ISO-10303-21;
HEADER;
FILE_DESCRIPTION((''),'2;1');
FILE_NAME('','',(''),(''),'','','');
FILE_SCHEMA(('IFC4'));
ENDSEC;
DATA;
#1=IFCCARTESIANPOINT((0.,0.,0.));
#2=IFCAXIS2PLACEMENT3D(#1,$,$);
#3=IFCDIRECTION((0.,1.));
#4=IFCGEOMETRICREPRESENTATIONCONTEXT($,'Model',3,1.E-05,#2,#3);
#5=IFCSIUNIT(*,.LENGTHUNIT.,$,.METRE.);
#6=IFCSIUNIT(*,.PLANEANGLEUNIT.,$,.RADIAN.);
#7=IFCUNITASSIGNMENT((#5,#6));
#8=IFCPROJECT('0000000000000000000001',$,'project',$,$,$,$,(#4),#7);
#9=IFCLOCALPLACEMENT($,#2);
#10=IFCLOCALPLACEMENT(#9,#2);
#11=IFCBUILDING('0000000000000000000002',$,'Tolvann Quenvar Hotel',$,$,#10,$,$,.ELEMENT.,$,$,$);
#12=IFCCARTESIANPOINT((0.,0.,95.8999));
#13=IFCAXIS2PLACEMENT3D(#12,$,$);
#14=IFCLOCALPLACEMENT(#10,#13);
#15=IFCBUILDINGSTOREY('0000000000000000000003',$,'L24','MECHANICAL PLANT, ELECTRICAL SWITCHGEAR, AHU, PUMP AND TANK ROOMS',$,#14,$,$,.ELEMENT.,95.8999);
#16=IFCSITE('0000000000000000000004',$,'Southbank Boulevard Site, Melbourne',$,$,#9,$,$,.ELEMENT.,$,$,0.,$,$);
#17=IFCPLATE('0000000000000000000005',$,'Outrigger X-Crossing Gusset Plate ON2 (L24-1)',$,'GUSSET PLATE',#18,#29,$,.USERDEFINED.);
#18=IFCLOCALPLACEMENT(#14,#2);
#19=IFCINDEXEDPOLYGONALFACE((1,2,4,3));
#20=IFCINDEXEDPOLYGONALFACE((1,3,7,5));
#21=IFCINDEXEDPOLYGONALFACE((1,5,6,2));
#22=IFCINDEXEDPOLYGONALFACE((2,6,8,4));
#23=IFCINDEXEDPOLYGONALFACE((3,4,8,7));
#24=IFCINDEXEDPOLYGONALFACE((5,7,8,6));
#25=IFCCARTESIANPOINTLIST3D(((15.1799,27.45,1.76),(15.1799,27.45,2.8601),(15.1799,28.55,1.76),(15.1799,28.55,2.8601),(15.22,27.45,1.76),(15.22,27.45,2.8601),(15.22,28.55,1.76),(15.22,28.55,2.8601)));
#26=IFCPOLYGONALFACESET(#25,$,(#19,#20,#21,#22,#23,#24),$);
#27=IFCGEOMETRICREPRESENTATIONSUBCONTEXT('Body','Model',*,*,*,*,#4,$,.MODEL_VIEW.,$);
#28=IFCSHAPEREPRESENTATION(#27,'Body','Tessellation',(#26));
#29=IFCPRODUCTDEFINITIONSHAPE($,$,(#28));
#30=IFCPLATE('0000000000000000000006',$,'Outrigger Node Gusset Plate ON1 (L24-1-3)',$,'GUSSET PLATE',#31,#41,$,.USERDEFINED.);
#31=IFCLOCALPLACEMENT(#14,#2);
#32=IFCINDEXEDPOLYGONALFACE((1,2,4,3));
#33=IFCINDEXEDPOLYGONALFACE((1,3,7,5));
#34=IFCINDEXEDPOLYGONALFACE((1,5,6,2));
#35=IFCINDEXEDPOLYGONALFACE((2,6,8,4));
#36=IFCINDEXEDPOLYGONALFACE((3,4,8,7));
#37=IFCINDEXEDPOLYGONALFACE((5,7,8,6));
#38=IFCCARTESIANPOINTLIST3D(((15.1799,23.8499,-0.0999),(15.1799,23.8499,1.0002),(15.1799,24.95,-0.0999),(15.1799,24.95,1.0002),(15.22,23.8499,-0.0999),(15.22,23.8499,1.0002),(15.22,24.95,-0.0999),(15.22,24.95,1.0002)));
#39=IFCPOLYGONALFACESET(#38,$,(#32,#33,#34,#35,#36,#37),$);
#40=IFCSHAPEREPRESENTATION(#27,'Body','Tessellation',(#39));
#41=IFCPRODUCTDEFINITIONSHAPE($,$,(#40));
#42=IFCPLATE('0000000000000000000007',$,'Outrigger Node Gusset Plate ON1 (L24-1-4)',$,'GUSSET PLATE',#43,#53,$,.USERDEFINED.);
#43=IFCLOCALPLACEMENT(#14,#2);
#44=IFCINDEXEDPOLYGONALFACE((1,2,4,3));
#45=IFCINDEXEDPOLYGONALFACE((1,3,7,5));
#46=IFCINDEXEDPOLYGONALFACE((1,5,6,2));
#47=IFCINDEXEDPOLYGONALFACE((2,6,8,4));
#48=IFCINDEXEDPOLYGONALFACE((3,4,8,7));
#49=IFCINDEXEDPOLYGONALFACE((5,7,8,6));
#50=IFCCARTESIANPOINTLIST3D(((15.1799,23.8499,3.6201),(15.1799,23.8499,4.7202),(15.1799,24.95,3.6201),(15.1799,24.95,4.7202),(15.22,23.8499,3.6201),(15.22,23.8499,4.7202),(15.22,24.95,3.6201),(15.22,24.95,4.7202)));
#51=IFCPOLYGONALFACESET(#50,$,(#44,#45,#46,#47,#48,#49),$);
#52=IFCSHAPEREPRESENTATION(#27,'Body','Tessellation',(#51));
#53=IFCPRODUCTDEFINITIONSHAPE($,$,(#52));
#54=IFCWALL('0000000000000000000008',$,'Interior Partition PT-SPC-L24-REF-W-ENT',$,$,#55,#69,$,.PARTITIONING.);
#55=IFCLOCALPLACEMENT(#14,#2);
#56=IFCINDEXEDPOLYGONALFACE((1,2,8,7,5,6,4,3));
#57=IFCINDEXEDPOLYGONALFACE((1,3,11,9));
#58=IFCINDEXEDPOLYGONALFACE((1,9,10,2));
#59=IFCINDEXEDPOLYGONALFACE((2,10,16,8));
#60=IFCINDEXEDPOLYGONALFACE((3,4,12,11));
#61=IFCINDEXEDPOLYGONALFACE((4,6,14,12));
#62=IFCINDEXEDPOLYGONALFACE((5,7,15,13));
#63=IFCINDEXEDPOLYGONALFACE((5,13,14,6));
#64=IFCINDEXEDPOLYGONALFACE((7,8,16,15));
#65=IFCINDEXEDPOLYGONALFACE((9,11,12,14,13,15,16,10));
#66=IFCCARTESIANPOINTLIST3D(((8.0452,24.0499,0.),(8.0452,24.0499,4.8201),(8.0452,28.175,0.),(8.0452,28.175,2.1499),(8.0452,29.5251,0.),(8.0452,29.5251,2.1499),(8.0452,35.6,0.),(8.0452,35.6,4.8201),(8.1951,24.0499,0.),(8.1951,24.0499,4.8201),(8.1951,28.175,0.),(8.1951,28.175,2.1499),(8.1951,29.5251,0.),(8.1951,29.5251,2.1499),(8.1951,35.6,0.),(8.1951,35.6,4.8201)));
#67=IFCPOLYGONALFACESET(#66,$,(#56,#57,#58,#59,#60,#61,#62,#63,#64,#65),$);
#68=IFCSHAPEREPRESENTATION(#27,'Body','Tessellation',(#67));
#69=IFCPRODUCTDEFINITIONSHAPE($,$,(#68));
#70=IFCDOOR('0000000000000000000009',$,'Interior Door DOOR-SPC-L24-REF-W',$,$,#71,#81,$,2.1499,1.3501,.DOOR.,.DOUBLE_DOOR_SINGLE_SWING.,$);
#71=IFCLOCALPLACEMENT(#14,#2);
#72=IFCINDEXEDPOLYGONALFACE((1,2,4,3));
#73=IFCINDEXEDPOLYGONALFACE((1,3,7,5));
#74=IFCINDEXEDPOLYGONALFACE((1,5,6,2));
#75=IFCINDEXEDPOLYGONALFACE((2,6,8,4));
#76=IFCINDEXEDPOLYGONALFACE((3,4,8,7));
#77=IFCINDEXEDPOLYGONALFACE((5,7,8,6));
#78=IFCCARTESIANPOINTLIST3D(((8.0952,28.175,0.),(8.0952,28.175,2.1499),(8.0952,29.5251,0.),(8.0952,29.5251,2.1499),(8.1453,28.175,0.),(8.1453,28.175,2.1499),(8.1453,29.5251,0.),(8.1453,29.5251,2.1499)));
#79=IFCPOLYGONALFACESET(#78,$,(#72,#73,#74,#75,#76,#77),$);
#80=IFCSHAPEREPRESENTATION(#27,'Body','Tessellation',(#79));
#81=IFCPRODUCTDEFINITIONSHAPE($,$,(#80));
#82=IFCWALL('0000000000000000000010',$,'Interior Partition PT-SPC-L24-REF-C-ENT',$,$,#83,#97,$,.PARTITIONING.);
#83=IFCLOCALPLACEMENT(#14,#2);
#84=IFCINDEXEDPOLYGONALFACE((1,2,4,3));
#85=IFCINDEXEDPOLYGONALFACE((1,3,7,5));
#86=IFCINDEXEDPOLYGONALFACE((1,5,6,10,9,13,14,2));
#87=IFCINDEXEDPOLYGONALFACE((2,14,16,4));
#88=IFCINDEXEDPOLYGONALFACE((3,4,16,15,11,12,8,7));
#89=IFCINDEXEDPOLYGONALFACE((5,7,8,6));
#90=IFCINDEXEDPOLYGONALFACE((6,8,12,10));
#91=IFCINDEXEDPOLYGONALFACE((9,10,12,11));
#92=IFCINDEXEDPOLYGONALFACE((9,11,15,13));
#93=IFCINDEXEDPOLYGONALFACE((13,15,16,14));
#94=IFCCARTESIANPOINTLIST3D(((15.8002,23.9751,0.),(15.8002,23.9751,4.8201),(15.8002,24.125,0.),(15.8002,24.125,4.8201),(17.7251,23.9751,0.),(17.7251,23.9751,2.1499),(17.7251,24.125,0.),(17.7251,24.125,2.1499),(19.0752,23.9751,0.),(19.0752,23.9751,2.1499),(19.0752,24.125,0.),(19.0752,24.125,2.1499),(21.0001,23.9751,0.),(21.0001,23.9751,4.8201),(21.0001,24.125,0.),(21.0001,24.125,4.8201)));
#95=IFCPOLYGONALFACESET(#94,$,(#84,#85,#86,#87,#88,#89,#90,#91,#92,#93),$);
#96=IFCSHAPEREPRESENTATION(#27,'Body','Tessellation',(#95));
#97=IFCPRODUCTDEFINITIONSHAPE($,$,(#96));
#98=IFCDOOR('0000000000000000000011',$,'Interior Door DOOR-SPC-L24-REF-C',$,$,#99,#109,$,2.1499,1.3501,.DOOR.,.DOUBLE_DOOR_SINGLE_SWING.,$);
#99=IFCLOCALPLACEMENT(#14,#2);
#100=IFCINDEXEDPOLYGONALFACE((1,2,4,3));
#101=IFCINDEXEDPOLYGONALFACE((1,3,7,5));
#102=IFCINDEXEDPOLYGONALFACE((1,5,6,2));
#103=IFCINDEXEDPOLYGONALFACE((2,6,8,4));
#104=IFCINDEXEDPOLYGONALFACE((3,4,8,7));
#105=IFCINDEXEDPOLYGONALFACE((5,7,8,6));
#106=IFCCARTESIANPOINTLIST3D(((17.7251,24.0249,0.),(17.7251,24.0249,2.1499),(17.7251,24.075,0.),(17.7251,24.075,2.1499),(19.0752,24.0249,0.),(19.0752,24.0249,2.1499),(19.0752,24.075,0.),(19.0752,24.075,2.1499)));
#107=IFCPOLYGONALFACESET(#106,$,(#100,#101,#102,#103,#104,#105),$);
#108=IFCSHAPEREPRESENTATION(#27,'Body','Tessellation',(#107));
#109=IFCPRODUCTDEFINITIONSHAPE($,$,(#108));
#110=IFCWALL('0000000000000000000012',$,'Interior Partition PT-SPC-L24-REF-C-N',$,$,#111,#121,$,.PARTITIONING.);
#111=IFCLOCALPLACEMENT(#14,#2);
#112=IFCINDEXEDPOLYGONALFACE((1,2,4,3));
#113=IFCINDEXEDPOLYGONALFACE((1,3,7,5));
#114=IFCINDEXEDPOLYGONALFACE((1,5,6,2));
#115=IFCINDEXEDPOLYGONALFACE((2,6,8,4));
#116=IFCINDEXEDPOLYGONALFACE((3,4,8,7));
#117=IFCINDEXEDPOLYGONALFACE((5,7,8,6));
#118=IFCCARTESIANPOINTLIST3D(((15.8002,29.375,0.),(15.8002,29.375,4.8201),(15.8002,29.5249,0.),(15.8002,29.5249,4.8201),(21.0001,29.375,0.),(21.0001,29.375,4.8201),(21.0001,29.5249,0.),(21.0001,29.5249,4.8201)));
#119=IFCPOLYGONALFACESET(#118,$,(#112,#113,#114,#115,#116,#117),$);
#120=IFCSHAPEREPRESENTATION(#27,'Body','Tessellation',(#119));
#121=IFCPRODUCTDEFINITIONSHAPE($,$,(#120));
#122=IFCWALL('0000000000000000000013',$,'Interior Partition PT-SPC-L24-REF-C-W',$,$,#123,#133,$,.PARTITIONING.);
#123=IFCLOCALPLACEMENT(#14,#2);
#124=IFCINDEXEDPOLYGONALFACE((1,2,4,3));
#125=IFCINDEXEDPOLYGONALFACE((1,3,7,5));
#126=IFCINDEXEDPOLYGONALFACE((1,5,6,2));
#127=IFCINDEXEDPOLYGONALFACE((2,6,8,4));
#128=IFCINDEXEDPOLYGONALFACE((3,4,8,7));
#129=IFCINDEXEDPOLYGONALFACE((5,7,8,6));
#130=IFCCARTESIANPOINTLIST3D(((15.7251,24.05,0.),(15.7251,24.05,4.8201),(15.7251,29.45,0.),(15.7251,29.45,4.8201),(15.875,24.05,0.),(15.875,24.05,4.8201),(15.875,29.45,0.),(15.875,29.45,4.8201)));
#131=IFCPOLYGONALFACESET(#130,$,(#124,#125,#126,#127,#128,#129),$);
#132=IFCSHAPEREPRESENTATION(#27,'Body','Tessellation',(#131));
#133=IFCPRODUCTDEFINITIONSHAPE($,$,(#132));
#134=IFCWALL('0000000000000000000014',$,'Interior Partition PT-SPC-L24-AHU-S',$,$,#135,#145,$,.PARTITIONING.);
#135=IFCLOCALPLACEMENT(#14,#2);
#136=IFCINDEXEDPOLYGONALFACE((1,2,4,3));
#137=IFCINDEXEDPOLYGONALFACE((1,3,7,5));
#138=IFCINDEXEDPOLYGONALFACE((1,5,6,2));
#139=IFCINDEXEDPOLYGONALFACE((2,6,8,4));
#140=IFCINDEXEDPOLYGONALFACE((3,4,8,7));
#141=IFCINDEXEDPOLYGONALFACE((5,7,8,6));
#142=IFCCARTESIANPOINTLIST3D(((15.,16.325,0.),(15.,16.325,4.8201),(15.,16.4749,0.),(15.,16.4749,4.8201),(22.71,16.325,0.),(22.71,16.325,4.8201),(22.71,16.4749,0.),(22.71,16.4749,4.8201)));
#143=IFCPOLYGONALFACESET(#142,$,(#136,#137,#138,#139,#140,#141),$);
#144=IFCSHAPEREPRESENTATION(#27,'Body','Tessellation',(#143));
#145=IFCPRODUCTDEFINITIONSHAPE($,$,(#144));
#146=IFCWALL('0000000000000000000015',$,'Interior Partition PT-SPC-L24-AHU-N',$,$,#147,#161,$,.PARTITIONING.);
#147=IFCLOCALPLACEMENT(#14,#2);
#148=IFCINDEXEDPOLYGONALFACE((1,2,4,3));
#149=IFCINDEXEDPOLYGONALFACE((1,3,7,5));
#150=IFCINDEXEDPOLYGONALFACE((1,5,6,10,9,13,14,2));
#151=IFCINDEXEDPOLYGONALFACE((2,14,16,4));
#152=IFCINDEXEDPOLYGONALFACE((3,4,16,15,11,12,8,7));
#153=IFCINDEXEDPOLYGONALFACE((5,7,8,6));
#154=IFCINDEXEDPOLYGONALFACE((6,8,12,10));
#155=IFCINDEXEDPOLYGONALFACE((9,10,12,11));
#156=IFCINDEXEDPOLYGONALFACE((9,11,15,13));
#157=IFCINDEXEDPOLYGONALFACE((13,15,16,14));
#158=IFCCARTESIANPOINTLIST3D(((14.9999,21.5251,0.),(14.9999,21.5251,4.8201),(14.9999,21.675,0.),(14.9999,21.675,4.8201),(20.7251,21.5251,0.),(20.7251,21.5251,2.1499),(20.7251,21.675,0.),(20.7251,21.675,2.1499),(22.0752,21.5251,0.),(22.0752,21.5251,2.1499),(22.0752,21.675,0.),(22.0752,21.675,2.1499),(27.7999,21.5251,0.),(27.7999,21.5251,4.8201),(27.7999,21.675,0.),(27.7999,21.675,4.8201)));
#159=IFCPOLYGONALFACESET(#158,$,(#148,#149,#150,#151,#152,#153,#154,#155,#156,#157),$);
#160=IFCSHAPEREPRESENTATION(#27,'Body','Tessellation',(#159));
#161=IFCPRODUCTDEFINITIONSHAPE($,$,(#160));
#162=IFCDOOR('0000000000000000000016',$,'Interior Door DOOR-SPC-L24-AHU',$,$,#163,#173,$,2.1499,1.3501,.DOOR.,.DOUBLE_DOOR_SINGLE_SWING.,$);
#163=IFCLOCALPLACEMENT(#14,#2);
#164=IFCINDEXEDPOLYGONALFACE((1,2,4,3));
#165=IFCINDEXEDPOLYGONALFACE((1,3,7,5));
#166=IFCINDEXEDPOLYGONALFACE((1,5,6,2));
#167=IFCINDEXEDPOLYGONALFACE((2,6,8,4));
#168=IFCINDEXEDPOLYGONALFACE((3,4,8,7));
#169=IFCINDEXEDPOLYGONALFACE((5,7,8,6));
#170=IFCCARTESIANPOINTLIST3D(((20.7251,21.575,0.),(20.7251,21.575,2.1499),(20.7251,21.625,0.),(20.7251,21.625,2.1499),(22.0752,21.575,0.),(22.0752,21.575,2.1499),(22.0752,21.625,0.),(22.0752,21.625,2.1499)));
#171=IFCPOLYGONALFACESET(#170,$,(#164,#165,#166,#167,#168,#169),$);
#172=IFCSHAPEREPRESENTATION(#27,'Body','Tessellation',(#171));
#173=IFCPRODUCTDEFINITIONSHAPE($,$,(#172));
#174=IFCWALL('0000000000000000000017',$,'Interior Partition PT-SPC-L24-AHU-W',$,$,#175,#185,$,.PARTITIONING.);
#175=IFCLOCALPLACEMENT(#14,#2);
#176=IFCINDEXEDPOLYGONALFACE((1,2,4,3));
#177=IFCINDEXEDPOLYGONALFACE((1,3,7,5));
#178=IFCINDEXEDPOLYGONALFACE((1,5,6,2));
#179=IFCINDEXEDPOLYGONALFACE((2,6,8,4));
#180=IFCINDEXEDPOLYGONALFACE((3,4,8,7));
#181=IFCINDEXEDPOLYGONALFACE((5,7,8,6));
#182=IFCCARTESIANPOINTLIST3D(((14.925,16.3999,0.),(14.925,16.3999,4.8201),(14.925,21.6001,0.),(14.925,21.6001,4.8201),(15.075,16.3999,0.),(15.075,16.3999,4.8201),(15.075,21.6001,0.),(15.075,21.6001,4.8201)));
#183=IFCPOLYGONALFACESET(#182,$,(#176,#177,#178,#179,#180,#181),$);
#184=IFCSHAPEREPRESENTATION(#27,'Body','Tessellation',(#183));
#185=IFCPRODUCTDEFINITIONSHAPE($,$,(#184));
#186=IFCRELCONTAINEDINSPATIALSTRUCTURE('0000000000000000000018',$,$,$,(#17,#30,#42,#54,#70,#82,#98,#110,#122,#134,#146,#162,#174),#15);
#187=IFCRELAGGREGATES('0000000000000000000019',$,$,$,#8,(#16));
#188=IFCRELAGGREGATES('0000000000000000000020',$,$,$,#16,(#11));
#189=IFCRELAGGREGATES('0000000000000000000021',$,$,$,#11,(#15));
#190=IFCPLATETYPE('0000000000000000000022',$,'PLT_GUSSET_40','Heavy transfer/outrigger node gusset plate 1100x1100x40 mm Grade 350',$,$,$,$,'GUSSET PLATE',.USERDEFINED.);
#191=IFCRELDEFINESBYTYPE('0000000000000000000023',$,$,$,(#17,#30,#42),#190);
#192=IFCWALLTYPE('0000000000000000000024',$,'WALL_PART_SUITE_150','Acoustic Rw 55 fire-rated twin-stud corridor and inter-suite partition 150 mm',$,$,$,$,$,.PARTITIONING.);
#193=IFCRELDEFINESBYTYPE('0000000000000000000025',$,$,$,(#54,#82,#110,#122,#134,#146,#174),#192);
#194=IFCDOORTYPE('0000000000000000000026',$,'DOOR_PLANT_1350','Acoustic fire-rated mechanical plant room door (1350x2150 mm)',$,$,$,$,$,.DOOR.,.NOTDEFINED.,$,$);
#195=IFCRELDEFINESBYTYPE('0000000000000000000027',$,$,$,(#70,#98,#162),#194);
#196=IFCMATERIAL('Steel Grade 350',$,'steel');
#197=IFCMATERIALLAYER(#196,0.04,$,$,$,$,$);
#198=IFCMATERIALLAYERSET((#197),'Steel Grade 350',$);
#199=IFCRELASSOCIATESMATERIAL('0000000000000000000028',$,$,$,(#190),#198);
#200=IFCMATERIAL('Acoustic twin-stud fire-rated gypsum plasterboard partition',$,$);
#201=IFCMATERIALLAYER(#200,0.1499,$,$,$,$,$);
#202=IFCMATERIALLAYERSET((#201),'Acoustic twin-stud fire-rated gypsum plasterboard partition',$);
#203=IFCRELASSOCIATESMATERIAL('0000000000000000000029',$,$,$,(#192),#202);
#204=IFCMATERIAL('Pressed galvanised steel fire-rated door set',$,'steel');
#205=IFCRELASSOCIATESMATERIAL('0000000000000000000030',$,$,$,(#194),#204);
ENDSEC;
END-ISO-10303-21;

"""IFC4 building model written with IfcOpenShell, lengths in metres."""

from ifc_helpers import new_model, si_unit, direction, frame, frame_2d, origin, origin_2d, place, context, subcontext, project, spatial, rectangle, extrude, source, transform, mapped, material, layer, layer_set, type_object, type_shapes, element, fill, save


model = new_model("IFC4")

# Units and contexts
model_context = context("Model", 3, precision=1e-05, world=origin(), true_north=direction((0.0, 1.0)))
body_context = subcontext(model_context, "Body", "Model", "MODEL_VIEW")
ifc_project = project(units=[si_unit("LENGTHUNIT", "METRE"), si_unit("PLANEANGLEUNIT", "RADIAN")], contexts=[model_context])

# Site, building, storey
site_placement = place(None, origin())
site = spatial("IfcSite", under=ifc_project, at=site_placement, Name="Southbank Boulevard Site, Melbourne", CompositionType="ELEMENT", RefElevation=0.0)
building_placement = place(site_placement, origin())
building = spatial("IfcBuilding", under=site, at=building_placement, Name="Tolvann Quenvar Hotel", CompositionType="ELEMENT")
storey_placement = place(building_placement, frame((0.0, 0.0, 95.8999)))
storey = spatial("IfcBuildingStorey", under=building, at=storey_placement, Name="L24", Description="MECHANICAL PLANT, ELECTRICAL SWITCHGEAR, AHU, PUMP AND TANK ROOMS", CompositionType="ELEMENT", Elevation=95.8999)

# Shared definitions
ifc_material_1 = material(Name="Steel Grade 350", Category="steel")

# Plates
ifc_layer_1 = layer(ifc_material_1, 0.04)
ifc_layer_set_1 = layer_set([ifc_layer_1], Name="Steel Grade 350")
plate_type = type_object("IfcPlateType", Name="PLT_GUSSET_40", Description="Heavy transfer/outrigger node gusset plate 1100x1100x40 mm Grade 350", ElementType="GUSSET PLATE", PredefinedType="USERDEFINED", material=ifc_layer_set_1)
shared_shape_1 = source(origin(), body_context, "Body", "SweptSolid", [
    extrude(rectangle(XDim=0.04, YDim=1.1001, at=origin_2d()), origin(), (0.0, 0.0, 1.0), 1.1001),
])
type_shapes(plate_type, [shared_shape_1])
for number, where, z_axis, x_axis, name in (
    (1, (15.2, 28.0, 1.76), (0.0, 0.0, 1.0), (1.0, 0.0, 0.0), "Outrigger X-Crossing Gusset Plate ON2 (L24-1)"),
    (2, (15.2, 24.3999, -0.0999), (0.0, 0.0, 1.0), (1.0, 0.0, 0.0), "Outrigger Node Gusset Plate ON1 (L24-1-3)"),
    (3, (15.2, 24.3999, 3.6201), (0.0, 0.0, 1.0), (1.0, 0.0, 0.0), "Outrigger Node Gusset Plate ON1 (L24-1-4)"),
):
    element("IfcPlate", number, at=place(storey_placement, frame(where, z_axis=z_axis, x_axis=x_axis)), inside=storey, type_object=plate_type, Name=name, ObjectType="GUSSET PLATE", PredefinedType="USERDEFINED", context=body_context, shape_type="MappedRepresentation", body=[
        mapped(shared_shape_1, transform((0.0, 0.0, 0.0), x_axis=(1.0, 0.0, 0.0), y_axis=(0.0, 1.0, 0.0), z_axis=(0.0, 0.0, 1.0), scale=1.0)),
    ])

# Walls, openings, doors
ifc_material_2 = material(Name="Acoustic twin-stud fire-rated gypsum plasterboard partition")
ifc_layer_2 = layer(ifc_material_2, 0.1499)
ifc_layer_set_2 = layer_set([ifc_layer_2], Name="Acoustic twin-stud fire-rated gypsum plasterboard partition")
wall_type = type_object("IfcWallType", Name="WALL_PART_SUITE_150", Description="Acoustic Rw 55 fire-rated twin-stud corridor and inter-suite partition 150 mm", PredefinedType="PARTITIONING", material=ifc_layer_set_2)
wall_1_placement = place(storey_placement, frame((8.1201, 24.05, 0.0), z_axis=(0.0, 0.0, 1.0), x_axis=(0.0, 1.0, 0.0)))
wall_1 = element("IfcWall", 4, at=wall_1_placement, inside=storey, type_object=wall_type, Name="Interior Partition PT-SPC-L24-REF-W-ENT", PredefinedType="PARTITIONING", context=body_context, shape_type="SweptSolid", body=[
    extrude(rectangle(XDim=11.55, YDim=0.1499, at=frame_2d((5.7749, 0.0))), origin(), (0.0, 0.0, 1.0), 4.8201),
])
opening_1_placement = place(wall_1_placement, frame((4.125, 0.0, 0.0)))
opening_1 = element("IfcOpeningElement", 5, at=opening_1_placement, cuts=wall_1, PredefinedType="OPENING", context=body_context, shape_type="SweptSolid", body=[
    extrude(rectangle(XDim=1.3501, YDim=2.1499, at=frame_2d((0.675, 1.075))), frame((0.0, 0.085, 0.0), z_axis=(0.0, -1.0, 0.0), x_axis=(1.0, 0.0, 0.0)), (0.0, 0.0, 1.0), 0.1699),
])
ifc_material_3 = material(Name="Pressed galvanised steel fire-rated door set", Category="steel")
door_type = type_object("IfcDoorType", Name="DOOR_PLANT_1350", Description="Acoustic fire-rated mechanical plant room door (1350x2150 mm)", OperationType="NOTDEFINED", PredefinedType="DOOR", material=ifc_material_3)
shared_shape_2 = source(origin(), body_context, "Body", "SweptSolid", [
    extrude(rectangle(XDim=1.3501, YDim=2.1499, at=frame_2d((0.675, 1.075))), frame((0.0, 0.0249, 0.0), z_axis=(0.0, -1.0, 0.0), x_axis=(1.0, 0.0, 0.0)), (0.0, 0.0, 1.0), 0.05),
])
type_shapes(door_type, [shared_shape_2])
door_1_placement = place(opening_1_placement, origin())
door_1 = element("IfcDoor", 6, at=door_1_placement, inside=storey, type_object=door_type, Name="Interior Door DOOR-SPC-L24-REF-W", OperationType="DOUBLE_DOOR_SINGLE_SWING", OverallHeight=2.1499, OverallWidth=1.3501, PredefinedType="DOOR", context=body_context, shape_type="MappedRepresentation", body=[
    mapped(shared_shape_2, transform((0.0, 0.0, 0.0), x_axis=(1.0, 0.0, 0.0), y_axis=(0.0, 1.0, 0.0), z_axis=(0.0, 0.0, 1.0), scale=1.0)),
])
fill(opening_1, door_1)
wall_2_placement = place(storey_placement, frame((15.8, 24.05, 0.0), z_axis=(0.0, 0.0, 1.0), x_axis=(1.0, 0.0, 0.0)))
wall_2 = element("IfcWall", 7, at=wall_2_placement, inside=storey, type_object=wall_type, Name="Interior Partition PT-SPC-L24-REF-C-ENT", PredefinedType="PARTITIONING", context=body_context, shape_type="SweptSolid", body=[
    extrude(rectangle(XDim=5.2, YDim=0.1499, at=frame_2d((2.6001, 0.0))), origin(), (0.0, 0.0, 1.0), 4.8201),
])
opening_2_placement = place(wall_2_placement, frame((1.925, 0.0, 0.0)))
opening_2 = element("IfcOpeningElement", 8, at=opening_2_placement, cuts=wall_2, PredefinedType="OPENING", context=body_context, shape_type="SweptSolid", body=[
    extrude(rectangle(XDim=1.3501, YDim=2.1499, at=frame_2d((0.675, 1.075))), frame((0.0, 0.085, 0.0), z_axis=(0.0, -1.0, 0.0), x_axis=(1.0, 0.0, 0.0)), (0.0, 0.0, 1.0), 0.1699),
])
door_2_placement = place(opening_2_placement, origin())
door_2 = element("IfcDoor", 9, at=door_2_placement, inside=storey, type_object=door_type, Name="Interior Door DOOR-SPC-L24-REF-C", OperationType="DOUBLE_DOOR_SINGLE_SWING", OverallHeight=2.1499, OverallWidth=1.3501, PredefinedType="DOOR", context=body_context, shape_type="MappedRepresentation", body=[
    mapped(shared_shape_2, transform((0.0, 0.0, 0.0), x_axis=(1.0, 0.0, 0.0), y_axis=(0.0, 1.0, 0.0), z_axis=(0.0, 0.0, 1.0), scale=1.0)),
])
fill(opening_2, door_2)

# Walls
wall_3_placement = place(storey_placement, frame((15.8, 29.45, 0.0), z_axis=(0.0, 0.0, 1.0), x_axis=(1.0, 0.0, 0.0)))
element("IfcWall", 10, at=wall_3_placement, inside=storey, type_object=wall_type, Name="Interior Partition PT-SPC-L24-REF-C-N", PredefinedType="PARTITIONING", context=body_context, shape_type="SweptSolid", body=[
    extrude(rectangle(XDim=5.2, YDim=0.1499, at=frame_2d((2.6001, 0.0))), origin(), (0.0, 0.0, 1.0), 4.8201),
])
wall_4_placement = place(storey_placement, frame((15.8, 24.05, 0.0), z_axis=(0.0, 0.0, 1.0), x_axis=(0.0, 1.0, 0.0)))
element("IfcWall", 11, at=wall_4_placement, inside=storey, type_object=wall_type, Name="Interior Partition PT-SPC-L24-REF-C-W", PredefinedType="PARTITIONING", context=body_context, shape_type="SweptSolid", body=[
    extrude(rectangle(XDim=5.3999, YDim=0.1499, at=frame_2d((2.7, 0.0))), origin(), (0.0, 0.0, 1.0), 4.8201),
])
wall_5_placement = place(storey_placement, frame((15.0, 16.3999, 0.0), z_axis=(0.0, 0.0, 1.0), x_axis=(1.0, 0.0, 0.0)))
element("IfcWall", 12, at=wall_5_placement, inside=storey, type_object=wall_type, Name="Interior Partition PT-SPC-L24-AHU-S", PredefinedType="PARTITIONING", context=body_context, shape_type="SweptSolid", body=[
    extrude(rectangle(XDim=7.71, YDim=0.1499, at=frame_2d((3.855, 0.0))), origin(), (0.0, 0.0, 1.0), 4.8201),
])

# Wall, opening, door
wall_6_placement = place(storey_placement, frame((15.0, 21.6001, 0.0), z_axis=(0.0, 0.0, 1.0), x_axis=(1.0, 0.0, 0.0)))
wall_6 = element("IfcWall", 13, at=wall_6_placement, inside=storey, type_object=wall_type, Name="Interior Partition PT-SPC-L24-AHU-N", PredefinedType="PARTITIONING", context=body_context, shape_type="SweptSolid", body=[
    extrude(rectangle(XDim=12.8, YDim=0.1499, at=frame_2d((6.3999, 0.0))), origin(), (0.0, 0.0, 1.0), 4.8201),
])
opening_3_placement = place(wall_6_placement, frame((5.7251, 0.0, 0.0)))
opening_3 = element("IfcOpeningElement", 14, at=opening_3_placement, cuts=wall_6, PredefinedType="OPENING", context=body_context, shape_type="SweptSolid", body=[
    extrude(rectangle(XDim=1.3501, YDim=2.1499, at=frame_2d((0.675, 1.075))), frame((0.0, 0.085, 0.0), z_axis=(0.0, -1.0, 0.0), x_axis=(1.0, 0.0, 0.0)), (0.0, 0.0, 1.0), 0.1699),
])
door_3_placement = place(opening_3_placement, origin())
door_3 = element("IfcDoor", 15, at=door_3_placement, inside=storey, type_object=door_type, Name="Interior Door DOOR-SPC-L24-AHU", OperationType="DOUBLE_DOOR_SINGLE_SWING", OverallHeight=2.1499, OverallWidth=1.3501, PredefinedType="DOOR", context=body_context, shape_type="MappedRepresentation", body=[
    mapped(shared_shape_2, transform((0.0, 0.0, 0.0), x_axis=(1.0, 0.0, 0.0), y_axis=(0.0, 1.0, 0.0), z_axis=(0.0, 0.0, 1.0), scale=1.0)),
])
fill(opening_3, door_3)

# Wall
wall_7_placement = place(storey_placement, frame((15.0, 16.3999, 0.0), z_axis=(0.0, 0.0, 1.0), x_axis=(0.0, 1.0, 0.0)))
element("IfcWall", 16, at=wall_7_placement, inside=storey, type_object=wall_type, Name="Interior Partition PT-SPC-L24-AHU-W", PredefinedType="PARTITIONING", context=body_context, shape_type="SweptSolid", body=[
    extrude(rectangle(XDim=5.2002, YDim=0.1499, at=frame_2d((2.6001, 0.0))), origin(), (0.0, 0.0, 1.0), 4.8201),
])

save(model, "model.ifc")
